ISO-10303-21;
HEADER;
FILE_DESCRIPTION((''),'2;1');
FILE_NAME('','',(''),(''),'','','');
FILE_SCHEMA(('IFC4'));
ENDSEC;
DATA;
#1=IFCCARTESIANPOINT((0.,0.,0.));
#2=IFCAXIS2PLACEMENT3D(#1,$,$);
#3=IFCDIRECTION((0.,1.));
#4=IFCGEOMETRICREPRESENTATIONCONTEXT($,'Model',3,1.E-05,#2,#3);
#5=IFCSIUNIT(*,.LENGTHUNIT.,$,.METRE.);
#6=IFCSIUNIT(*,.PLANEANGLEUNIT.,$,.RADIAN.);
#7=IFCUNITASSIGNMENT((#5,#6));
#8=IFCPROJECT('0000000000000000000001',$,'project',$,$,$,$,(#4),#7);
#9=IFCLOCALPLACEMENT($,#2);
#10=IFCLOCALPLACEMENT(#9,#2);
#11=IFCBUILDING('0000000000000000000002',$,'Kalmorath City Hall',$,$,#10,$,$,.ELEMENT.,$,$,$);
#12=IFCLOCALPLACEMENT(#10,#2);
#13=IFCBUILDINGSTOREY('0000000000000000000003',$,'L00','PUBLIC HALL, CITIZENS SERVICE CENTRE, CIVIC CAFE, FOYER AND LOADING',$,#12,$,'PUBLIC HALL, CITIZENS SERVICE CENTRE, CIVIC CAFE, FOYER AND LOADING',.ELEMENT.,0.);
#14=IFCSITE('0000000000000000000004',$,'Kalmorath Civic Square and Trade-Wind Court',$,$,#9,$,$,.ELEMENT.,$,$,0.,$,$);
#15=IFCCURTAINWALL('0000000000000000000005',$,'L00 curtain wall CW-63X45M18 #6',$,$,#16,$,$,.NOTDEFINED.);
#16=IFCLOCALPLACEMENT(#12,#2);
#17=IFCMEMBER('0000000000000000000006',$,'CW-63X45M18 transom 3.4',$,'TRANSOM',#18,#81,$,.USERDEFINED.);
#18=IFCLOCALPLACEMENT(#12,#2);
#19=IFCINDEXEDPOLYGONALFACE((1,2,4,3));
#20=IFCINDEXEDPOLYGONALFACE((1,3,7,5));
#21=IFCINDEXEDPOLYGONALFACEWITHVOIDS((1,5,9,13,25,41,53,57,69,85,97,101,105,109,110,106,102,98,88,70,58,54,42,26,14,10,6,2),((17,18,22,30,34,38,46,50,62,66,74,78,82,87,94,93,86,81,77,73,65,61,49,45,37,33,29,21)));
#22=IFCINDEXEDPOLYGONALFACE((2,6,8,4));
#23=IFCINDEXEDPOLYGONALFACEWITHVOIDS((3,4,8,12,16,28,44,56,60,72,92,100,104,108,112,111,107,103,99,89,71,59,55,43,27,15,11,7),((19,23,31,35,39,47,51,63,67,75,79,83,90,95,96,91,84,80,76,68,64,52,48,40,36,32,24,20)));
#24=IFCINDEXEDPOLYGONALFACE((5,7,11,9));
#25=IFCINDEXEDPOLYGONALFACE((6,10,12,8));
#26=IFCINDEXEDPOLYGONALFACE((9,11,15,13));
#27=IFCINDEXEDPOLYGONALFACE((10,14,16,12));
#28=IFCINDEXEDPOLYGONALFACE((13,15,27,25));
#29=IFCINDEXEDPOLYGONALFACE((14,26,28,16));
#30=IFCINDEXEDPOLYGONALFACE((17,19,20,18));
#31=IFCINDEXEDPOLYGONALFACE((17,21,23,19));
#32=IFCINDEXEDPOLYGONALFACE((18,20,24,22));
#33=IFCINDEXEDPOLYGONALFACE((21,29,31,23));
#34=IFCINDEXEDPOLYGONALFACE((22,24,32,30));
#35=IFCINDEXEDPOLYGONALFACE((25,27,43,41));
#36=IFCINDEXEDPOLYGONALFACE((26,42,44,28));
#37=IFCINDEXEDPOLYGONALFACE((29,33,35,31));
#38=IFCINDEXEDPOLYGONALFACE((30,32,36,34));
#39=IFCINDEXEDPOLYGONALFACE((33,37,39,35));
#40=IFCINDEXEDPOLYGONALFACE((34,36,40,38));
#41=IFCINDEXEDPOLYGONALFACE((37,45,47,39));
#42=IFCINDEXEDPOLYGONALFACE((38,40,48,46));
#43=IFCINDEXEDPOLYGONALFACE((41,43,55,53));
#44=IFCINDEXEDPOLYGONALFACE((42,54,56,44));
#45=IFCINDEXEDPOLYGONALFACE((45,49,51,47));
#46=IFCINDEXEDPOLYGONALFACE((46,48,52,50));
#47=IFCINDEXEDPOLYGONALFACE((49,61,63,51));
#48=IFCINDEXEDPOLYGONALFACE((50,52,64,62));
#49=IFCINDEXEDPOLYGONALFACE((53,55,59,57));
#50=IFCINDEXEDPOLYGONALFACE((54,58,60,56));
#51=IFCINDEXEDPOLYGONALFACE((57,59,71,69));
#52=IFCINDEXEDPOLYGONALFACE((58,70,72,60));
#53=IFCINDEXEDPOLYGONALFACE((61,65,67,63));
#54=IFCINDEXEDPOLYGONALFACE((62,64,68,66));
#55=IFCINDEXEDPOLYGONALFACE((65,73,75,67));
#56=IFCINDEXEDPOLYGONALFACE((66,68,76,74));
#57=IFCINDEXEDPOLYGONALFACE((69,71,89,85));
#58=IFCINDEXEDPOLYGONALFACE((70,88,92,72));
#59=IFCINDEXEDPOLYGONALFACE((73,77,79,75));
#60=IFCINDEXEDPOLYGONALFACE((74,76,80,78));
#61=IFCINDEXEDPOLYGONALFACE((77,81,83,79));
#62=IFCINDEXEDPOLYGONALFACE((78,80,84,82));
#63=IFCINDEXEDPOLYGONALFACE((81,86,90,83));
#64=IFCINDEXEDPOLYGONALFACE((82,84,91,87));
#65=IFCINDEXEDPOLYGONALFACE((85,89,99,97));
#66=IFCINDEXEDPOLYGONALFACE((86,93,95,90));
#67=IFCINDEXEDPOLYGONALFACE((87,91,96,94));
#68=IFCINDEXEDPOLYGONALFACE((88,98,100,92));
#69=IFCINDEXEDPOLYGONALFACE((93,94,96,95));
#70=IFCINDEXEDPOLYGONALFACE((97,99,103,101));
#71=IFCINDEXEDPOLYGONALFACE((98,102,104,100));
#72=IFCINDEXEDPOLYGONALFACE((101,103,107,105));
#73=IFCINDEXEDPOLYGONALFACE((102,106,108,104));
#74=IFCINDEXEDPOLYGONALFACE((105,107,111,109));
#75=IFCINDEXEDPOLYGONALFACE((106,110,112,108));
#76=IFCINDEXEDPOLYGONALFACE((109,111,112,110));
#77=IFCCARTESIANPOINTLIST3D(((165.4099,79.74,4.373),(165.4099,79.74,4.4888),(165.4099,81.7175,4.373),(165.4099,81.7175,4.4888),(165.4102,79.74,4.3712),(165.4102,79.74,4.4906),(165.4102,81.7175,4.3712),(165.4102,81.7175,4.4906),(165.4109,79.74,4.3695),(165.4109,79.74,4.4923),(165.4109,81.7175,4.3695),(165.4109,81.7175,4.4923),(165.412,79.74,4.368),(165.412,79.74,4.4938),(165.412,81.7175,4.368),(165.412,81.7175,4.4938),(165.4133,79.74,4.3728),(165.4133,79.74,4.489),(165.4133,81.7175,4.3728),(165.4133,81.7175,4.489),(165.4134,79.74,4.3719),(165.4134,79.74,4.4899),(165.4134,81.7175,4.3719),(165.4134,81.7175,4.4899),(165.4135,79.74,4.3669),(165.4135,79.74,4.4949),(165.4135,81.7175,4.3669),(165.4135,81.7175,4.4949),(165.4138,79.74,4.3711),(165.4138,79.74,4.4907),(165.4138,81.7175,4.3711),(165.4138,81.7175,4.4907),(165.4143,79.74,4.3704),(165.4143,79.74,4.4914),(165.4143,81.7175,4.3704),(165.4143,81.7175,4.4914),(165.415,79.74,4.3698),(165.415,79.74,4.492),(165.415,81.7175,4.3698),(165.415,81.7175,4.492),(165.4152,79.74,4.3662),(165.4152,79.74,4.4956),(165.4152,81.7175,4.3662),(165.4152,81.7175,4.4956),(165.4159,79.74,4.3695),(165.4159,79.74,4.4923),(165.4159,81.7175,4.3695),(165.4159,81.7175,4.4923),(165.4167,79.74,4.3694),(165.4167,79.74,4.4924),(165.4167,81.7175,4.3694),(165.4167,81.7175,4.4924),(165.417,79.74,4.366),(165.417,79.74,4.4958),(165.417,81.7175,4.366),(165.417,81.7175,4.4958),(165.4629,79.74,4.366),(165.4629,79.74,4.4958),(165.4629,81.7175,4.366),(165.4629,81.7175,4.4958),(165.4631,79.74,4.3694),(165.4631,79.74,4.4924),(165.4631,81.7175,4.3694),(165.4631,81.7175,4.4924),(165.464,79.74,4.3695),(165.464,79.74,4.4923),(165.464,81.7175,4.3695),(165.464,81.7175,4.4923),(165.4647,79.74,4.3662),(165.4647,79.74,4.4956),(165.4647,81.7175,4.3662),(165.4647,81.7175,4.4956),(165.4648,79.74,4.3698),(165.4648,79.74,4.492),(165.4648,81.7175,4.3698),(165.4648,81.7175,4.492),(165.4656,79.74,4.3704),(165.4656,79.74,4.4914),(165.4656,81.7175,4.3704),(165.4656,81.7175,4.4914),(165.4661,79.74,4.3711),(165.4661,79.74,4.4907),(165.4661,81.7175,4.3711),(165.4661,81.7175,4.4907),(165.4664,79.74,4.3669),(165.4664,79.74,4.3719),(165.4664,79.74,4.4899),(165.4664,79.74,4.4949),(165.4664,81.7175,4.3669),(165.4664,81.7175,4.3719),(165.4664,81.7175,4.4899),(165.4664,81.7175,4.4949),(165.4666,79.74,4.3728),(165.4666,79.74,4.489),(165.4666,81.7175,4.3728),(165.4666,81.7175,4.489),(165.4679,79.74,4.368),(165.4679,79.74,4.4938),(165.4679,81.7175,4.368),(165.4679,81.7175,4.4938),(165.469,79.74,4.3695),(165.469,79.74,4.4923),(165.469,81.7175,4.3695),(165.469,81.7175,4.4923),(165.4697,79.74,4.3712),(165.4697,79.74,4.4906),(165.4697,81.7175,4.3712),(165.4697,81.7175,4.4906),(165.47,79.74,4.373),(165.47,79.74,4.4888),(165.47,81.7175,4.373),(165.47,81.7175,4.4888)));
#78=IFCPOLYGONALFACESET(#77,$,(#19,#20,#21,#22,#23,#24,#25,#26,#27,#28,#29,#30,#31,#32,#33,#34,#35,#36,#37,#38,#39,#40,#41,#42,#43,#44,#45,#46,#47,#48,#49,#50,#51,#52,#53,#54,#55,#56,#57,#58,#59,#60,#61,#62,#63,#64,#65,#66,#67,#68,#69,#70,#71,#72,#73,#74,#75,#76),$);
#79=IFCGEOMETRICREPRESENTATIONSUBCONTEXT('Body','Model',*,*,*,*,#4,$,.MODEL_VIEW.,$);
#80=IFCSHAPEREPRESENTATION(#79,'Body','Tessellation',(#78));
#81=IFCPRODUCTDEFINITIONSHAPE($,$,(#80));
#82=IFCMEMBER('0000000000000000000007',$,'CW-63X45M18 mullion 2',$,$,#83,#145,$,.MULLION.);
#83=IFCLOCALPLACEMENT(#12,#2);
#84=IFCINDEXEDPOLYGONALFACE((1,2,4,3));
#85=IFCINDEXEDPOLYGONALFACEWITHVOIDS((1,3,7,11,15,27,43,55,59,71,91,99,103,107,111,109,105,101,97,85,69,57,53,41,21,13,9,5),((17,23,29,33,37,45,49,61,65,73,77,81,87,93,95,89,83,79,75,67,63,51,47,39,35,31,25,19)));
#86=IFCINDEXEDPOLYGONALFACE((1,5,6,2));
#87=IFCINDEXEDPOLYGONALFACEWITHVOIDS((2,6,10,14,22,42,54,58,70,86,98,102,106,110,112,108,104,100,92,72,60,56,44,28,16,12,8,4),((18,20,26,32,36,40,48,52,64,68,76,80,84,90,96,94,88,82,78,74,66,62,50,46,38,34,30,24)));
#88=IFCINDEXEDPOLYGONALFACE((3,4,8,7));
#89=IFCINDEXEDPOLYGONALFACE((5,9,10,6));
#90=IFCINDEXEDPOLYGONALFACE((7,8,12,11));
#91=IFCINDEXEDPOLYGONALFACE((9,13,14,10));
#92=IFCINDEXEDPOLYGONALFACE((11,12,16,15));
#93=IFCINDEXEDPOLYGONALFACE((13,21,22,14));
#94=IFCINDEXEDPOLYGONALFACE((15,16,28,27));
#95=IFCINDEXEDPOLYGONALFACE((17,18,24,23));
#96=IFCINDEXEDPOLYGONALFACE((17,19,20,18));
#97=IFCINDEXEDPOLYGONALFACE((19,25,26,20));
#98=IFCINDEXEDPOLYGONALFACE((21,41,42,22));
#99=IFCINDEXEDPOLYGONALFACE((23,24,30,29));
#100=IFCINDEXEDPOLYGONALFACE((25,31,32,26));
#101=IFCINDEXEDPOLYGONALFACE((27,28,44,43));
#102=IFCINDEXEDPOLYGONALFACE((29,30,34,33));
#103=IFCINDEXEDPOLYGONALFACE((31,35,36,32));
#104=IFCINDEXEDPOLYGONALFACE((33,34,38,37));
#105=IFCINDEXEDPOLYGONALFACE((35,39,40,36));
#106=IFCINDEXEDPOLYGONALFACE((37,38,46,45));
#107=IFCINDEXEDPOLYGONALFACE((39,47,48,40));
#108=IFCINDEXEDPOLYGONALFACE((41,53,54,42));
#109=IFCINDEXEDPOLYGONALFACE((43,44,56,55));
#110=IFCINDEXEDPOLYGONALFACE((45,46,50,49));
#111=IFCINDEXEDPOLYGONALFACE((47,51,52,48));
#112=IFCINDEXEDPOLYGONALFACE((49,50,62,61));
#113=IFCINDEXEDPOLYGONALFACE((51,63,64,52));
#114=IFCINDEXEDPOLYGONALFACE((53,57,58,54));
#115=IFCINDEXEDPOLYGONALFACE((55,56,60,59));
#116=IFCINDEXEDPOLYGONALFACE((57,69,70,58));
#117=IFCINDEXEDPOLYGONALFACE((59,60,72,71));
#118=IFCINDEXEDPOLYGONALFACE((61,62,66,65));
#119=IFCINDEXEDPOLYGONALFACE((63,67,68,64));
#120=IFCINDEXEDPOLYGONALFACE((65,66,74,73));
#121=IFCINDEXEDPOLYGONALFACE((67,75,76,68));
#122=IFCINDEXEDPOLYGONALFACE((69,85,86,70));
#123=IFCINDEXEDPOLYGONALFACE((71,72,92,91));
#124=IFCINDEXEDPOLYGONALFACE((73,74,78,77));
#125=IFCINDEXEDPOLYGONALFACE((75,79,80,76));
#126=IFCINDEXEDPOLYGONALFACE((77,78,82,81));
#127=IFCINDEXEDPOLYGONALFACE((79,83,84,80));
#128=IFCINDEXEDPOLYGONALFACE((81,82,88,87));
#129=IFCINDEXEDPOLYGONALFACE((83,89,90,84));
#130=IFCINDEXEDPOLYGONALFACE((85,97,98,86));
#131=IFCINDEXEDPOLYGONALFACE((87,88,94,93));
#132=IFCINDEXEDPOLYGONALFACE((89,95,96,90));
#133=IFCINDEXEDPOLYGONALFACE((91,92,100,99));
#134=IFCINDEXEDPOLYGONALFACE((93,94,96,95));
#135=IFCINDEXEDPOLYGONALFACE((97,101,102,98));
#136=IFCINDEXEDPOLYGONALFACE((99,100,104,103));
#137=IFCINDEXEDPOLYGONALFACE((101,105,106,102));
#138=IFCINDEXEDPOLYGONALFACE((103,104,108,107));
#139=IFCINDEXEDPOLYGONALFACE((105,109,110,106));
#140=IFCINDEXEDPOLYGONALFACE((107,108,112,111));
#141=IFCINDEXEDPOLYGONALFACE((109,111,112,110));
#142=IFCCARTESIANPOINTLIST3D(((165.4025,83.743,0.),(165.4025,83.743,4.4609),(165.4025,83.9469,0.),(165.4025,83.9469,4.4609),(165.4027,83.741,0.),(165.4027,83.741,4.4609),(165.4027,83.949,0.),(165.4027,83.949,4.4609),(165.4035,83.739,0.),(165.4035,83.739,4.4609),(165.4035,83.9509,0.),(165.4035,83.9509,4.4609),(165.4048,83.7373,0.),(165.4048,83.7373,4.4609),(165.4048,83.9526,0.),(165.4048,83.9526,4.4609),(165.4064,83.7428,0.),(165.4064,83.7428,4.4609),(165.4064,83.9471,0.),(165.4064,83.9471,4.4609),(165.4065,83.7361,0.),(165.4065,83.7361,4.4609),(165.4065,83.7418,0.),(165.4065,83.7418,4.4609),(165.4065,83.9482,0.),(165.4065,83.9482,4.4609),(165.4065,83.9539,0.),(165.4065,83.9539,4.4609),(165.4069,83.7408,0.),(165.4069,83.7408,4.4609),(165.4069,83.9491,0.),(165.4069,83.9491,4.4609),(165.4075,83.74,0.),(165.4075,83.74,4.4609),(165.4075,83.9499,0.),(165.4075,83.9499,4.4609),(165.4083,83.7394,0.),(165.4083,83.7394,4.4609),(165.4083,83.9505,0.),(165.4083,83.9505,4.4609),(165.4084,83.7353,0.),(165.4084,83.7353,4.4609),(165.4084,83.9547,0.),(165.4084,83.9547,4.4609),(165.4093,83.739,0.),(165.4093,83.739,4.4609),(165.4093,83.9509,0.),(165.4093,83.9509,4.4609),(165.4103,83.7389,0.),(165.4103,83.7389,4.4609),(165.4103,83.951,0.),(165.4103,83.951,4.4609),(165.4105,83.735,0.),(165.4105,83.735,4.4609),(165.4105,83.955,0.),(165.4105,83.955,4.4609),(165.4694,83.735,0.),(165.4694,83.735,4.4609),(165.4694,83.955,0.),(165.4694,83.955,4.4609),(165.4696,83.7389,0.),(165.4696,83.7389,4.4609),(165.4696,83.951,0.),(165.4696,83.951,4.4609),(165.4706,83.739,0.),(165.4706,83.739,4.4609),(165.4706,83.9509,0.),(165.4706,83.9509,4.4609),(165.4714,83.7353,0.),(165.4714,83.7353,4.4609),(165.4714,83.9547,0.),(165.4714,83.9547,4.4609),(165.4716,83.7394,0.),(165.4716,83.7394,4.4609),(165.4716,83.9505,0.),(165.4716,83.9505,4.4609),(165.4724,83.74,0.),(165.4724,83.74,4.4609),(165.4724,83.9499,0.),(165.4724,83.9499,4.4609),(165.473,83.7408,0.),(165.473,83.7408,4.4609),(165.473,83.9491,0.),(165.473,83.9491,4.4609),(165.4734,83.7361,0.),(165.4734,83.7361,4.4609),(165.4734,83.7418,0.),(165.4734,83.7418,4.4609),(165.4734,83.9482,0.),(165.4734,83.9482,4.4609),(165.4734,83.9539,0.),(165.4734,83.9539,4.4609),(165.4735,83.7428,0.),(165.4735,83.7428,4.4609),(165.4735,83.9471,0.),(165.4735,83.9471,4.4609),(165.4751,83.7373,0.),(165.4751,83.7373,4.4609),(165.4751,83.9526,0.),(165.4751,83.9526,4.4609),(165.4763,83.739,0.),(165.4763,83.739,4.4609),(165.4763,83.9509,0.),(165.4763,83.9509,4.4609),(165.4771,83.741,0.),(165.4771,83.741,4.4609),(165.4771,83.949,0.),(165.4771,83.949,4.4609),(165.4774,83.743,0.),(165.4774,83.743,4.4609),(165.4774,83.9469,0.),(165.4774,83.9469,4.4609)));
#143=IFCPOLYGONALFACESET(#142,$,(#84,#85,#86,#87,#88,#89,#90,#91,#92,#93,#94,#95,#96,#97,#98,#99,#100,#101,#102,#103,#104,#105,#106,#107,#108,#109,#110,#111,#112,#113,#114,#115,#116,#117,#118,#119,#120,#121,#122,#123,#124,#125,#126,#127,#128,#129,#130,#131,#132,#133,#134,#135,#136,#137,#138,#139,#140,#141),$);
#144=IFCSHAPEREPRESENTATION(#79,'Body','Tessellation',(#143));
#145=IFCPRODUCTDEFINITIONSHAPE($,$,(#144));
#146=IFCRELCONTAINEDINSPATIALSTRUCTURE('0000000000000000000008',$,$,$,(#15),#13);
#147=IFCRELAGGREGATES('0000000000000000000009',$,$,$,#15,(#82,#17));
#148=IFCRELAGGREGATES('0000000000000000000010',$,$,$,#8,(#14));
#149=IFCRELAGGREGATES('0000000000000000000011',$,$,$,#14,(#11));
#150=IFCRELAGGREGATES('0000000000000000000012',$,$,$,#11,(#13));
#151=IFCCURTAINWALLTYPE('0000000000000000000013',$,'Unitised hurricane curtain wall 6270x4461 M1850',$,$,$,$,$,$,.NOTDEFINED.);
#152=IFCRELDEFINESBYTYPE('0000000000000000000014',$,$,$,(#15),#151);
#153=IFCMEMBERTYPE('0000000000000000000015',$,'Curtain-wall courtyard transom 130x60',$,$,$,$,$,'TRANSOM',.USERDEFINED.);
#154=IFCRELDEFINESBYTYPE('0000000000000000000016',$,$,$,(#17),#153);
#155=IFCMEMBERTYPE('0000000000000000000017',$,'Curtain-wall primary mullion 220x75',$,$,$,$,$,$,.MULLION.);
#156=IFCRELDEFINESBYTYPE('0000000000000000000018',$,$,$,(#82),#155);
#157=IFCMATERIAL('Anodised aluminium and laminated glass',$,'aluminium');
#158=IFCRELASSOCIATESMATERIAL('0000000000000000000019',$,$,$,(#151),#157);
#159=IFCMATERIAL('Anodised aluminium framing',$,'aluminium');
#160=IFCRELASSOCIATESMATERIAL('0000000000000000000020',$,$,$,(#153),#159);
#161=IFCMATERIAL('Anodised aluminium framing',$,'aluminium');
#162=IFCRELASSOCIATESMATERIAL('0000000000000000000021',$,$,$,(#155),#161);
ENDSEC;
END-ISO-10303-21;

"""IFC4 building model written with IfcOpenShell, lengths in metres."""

from ifc_helpers import new_model, si_unit, direction, frame, origin, origin_2d, place, context, subcontext, project, spatial, hollow_rectangle, extrude, material, material_profile, profile_set, type_object, element, aggregate, save


model = new_model("IFC4")

# Units and contexts
model_context = context("Model", 3, precision=1e-05, world=origin(), true_north=direction((0.0, 1.0)))
body_context = subcontext(model_context, "Body", "Model", "MODEL_VIEW")
ifc_project = project(units=[si_unit("LENGTHUNIT", "METRE"), si_unit("PLANEANGLEUNIT", "RADIAN")], contexts=[model_context])

# Site, building, storey
site_placement = place(None, origin())
site = spatial("IfcSite", under=ifc_project, at=site_placement, Name="Kalmorath Civic Square and Trade-Wind Court", CompositionType="ELEMENT", RefElevation=0.0)
building_placement = place(site_placement, origin())
building = spatial("IfcBuilding", under=site, at=building_placement, Name="Kalmorath City Hall", CompositionType="ELEMENT")
storey_placement = place(building_placement, origin())
storey = spatial("IfcBuildingStorey", under=building, at=storey_placement, Name="L00", Description="PUBLIC HALL, CITIZENS SERVICE CENTRE, CIVIC CAFE, FOYER AND LOADING", LongName="PUBLIC HALL, CITIZENS SERVICE CENTRE, CIVIC CAFE, FOYER AND LOADING", CompositionType="ELEMENT", Elevation=0.0)

# Curtain wall, members
ifc_material_1 = material(Name="Anodised aluminium and laminated glass", Category="aluminium")
curtain_wall_type = type_object("IfcCurtainWallType", Name="Unitised hurricane curtain wall 6270x4461 M1850", PredefinedType="NOTDEFINED", material=ifc_material_1)
curtain_wall_placement = place(storey_placement, origin())
curtain_wall = element("IfcCurtainWall", 1, at=curtain_wall_placement, inside=storey, type_object=curtain_wall_type, Name="L00 curtain wall CW-63X45M18 #6", PredefinedType="NOTDEFINED")
ifc_material_2 = material(Name="Anodised aluminium framing", Category="aluminium")
ifc_material_profile_1 = material_profile(ifc_material_2, hollow_rectangle(XDim=0.0601, YDim=0.1299, WallThickness=0.0034, InnerFilletRadius=0.0034, OuterFilletRadius=0.0071, at=origin_2d()), Name="ALU-TRN-130X60X3.5")
ifc_profile_set_1 = profile_set([ifc_material_profile_1], Name="Anodised aluminium framing")
member_type_1 = type_object("IfcMemberType", Name="Curtain-wall courtyard transom 130x60", ElementType="TRANSOM", PredefinedType="USERDEFINED", material=ifc_profile_set_1)
member_1_placement = place(storey_placement, frame((165.4399, 81.7175, 4.4309), z_axis=(0.0, -1.0, 0.0), x_axis=(1.0, 0.0, 0.0)))
member_1 = element("IfcMember", 2, at=member_1_placement, type_object=member_type_1, Name="CW-63X45M18 transom 3.4", ObjectType="TRANSOM", PredefinedType="USERDEFINED", context=body_context, shape_type="SweptSolid", body=[
    extrude(hollow_rectangle(XDim=0.0601, YDim=0.1299, WallThickness=0.0034, InnerFilletRadius=0.0034, OuterFilletRadius=0.0071, at=origin_2d()), origin(), (0.0, 0.0, 1.0), 1.9775),
])
ifc_material_3 = material(Name="Anodised aluminium framing", Category="aluminium")
ifc_material_profile_2 = material_profile(ifc_material_3, hollow_rectangle(XDim=0.075, YDim=0.22, WallThickness=0.0039, InnerFilletRadius=0.0039, OuterFilletRadius=0.0081, at=origin_2d()), Name="ALU-MUL-220X75X4")
ifc_profile_set_2 = profile_set([ifc_material_profile_2], Name="Anodised aluminium framing")
member_type_2 = type_object("IfcMemberType", Name="Curtain-wall primary mullion 220x75", PredefinedType="MULLION", material=ifc_profile_set_2)
member_2_placement = place(storey_placement, frame((165.4399, 83.845, 0.0), z_axis=(0.0, 0.0, 1.0), x_axis=(1.0, 0.0, 0.0)))
member_2 = element("IfcMember", 3, at=member_2_placement, type_object=member_type_2, Name="CW-63X45M18 mullion 2", PredefinedType="MULLION", context=body_context, shape_type="SweptSolid", body=[
    extrude(hollow_rectangle(XDim=0.075, YDim=0.22, WallThickness=0.0039, InnerFilletRadius=0.0039, OuterFilletRadius=0.0081, at=origin_2d()), origin(), (0.0, 0.0, 1.0), 4.4609),
])

aggregate(curtain_wall, [member_2, member_1])

save(model, "model.ifc")
